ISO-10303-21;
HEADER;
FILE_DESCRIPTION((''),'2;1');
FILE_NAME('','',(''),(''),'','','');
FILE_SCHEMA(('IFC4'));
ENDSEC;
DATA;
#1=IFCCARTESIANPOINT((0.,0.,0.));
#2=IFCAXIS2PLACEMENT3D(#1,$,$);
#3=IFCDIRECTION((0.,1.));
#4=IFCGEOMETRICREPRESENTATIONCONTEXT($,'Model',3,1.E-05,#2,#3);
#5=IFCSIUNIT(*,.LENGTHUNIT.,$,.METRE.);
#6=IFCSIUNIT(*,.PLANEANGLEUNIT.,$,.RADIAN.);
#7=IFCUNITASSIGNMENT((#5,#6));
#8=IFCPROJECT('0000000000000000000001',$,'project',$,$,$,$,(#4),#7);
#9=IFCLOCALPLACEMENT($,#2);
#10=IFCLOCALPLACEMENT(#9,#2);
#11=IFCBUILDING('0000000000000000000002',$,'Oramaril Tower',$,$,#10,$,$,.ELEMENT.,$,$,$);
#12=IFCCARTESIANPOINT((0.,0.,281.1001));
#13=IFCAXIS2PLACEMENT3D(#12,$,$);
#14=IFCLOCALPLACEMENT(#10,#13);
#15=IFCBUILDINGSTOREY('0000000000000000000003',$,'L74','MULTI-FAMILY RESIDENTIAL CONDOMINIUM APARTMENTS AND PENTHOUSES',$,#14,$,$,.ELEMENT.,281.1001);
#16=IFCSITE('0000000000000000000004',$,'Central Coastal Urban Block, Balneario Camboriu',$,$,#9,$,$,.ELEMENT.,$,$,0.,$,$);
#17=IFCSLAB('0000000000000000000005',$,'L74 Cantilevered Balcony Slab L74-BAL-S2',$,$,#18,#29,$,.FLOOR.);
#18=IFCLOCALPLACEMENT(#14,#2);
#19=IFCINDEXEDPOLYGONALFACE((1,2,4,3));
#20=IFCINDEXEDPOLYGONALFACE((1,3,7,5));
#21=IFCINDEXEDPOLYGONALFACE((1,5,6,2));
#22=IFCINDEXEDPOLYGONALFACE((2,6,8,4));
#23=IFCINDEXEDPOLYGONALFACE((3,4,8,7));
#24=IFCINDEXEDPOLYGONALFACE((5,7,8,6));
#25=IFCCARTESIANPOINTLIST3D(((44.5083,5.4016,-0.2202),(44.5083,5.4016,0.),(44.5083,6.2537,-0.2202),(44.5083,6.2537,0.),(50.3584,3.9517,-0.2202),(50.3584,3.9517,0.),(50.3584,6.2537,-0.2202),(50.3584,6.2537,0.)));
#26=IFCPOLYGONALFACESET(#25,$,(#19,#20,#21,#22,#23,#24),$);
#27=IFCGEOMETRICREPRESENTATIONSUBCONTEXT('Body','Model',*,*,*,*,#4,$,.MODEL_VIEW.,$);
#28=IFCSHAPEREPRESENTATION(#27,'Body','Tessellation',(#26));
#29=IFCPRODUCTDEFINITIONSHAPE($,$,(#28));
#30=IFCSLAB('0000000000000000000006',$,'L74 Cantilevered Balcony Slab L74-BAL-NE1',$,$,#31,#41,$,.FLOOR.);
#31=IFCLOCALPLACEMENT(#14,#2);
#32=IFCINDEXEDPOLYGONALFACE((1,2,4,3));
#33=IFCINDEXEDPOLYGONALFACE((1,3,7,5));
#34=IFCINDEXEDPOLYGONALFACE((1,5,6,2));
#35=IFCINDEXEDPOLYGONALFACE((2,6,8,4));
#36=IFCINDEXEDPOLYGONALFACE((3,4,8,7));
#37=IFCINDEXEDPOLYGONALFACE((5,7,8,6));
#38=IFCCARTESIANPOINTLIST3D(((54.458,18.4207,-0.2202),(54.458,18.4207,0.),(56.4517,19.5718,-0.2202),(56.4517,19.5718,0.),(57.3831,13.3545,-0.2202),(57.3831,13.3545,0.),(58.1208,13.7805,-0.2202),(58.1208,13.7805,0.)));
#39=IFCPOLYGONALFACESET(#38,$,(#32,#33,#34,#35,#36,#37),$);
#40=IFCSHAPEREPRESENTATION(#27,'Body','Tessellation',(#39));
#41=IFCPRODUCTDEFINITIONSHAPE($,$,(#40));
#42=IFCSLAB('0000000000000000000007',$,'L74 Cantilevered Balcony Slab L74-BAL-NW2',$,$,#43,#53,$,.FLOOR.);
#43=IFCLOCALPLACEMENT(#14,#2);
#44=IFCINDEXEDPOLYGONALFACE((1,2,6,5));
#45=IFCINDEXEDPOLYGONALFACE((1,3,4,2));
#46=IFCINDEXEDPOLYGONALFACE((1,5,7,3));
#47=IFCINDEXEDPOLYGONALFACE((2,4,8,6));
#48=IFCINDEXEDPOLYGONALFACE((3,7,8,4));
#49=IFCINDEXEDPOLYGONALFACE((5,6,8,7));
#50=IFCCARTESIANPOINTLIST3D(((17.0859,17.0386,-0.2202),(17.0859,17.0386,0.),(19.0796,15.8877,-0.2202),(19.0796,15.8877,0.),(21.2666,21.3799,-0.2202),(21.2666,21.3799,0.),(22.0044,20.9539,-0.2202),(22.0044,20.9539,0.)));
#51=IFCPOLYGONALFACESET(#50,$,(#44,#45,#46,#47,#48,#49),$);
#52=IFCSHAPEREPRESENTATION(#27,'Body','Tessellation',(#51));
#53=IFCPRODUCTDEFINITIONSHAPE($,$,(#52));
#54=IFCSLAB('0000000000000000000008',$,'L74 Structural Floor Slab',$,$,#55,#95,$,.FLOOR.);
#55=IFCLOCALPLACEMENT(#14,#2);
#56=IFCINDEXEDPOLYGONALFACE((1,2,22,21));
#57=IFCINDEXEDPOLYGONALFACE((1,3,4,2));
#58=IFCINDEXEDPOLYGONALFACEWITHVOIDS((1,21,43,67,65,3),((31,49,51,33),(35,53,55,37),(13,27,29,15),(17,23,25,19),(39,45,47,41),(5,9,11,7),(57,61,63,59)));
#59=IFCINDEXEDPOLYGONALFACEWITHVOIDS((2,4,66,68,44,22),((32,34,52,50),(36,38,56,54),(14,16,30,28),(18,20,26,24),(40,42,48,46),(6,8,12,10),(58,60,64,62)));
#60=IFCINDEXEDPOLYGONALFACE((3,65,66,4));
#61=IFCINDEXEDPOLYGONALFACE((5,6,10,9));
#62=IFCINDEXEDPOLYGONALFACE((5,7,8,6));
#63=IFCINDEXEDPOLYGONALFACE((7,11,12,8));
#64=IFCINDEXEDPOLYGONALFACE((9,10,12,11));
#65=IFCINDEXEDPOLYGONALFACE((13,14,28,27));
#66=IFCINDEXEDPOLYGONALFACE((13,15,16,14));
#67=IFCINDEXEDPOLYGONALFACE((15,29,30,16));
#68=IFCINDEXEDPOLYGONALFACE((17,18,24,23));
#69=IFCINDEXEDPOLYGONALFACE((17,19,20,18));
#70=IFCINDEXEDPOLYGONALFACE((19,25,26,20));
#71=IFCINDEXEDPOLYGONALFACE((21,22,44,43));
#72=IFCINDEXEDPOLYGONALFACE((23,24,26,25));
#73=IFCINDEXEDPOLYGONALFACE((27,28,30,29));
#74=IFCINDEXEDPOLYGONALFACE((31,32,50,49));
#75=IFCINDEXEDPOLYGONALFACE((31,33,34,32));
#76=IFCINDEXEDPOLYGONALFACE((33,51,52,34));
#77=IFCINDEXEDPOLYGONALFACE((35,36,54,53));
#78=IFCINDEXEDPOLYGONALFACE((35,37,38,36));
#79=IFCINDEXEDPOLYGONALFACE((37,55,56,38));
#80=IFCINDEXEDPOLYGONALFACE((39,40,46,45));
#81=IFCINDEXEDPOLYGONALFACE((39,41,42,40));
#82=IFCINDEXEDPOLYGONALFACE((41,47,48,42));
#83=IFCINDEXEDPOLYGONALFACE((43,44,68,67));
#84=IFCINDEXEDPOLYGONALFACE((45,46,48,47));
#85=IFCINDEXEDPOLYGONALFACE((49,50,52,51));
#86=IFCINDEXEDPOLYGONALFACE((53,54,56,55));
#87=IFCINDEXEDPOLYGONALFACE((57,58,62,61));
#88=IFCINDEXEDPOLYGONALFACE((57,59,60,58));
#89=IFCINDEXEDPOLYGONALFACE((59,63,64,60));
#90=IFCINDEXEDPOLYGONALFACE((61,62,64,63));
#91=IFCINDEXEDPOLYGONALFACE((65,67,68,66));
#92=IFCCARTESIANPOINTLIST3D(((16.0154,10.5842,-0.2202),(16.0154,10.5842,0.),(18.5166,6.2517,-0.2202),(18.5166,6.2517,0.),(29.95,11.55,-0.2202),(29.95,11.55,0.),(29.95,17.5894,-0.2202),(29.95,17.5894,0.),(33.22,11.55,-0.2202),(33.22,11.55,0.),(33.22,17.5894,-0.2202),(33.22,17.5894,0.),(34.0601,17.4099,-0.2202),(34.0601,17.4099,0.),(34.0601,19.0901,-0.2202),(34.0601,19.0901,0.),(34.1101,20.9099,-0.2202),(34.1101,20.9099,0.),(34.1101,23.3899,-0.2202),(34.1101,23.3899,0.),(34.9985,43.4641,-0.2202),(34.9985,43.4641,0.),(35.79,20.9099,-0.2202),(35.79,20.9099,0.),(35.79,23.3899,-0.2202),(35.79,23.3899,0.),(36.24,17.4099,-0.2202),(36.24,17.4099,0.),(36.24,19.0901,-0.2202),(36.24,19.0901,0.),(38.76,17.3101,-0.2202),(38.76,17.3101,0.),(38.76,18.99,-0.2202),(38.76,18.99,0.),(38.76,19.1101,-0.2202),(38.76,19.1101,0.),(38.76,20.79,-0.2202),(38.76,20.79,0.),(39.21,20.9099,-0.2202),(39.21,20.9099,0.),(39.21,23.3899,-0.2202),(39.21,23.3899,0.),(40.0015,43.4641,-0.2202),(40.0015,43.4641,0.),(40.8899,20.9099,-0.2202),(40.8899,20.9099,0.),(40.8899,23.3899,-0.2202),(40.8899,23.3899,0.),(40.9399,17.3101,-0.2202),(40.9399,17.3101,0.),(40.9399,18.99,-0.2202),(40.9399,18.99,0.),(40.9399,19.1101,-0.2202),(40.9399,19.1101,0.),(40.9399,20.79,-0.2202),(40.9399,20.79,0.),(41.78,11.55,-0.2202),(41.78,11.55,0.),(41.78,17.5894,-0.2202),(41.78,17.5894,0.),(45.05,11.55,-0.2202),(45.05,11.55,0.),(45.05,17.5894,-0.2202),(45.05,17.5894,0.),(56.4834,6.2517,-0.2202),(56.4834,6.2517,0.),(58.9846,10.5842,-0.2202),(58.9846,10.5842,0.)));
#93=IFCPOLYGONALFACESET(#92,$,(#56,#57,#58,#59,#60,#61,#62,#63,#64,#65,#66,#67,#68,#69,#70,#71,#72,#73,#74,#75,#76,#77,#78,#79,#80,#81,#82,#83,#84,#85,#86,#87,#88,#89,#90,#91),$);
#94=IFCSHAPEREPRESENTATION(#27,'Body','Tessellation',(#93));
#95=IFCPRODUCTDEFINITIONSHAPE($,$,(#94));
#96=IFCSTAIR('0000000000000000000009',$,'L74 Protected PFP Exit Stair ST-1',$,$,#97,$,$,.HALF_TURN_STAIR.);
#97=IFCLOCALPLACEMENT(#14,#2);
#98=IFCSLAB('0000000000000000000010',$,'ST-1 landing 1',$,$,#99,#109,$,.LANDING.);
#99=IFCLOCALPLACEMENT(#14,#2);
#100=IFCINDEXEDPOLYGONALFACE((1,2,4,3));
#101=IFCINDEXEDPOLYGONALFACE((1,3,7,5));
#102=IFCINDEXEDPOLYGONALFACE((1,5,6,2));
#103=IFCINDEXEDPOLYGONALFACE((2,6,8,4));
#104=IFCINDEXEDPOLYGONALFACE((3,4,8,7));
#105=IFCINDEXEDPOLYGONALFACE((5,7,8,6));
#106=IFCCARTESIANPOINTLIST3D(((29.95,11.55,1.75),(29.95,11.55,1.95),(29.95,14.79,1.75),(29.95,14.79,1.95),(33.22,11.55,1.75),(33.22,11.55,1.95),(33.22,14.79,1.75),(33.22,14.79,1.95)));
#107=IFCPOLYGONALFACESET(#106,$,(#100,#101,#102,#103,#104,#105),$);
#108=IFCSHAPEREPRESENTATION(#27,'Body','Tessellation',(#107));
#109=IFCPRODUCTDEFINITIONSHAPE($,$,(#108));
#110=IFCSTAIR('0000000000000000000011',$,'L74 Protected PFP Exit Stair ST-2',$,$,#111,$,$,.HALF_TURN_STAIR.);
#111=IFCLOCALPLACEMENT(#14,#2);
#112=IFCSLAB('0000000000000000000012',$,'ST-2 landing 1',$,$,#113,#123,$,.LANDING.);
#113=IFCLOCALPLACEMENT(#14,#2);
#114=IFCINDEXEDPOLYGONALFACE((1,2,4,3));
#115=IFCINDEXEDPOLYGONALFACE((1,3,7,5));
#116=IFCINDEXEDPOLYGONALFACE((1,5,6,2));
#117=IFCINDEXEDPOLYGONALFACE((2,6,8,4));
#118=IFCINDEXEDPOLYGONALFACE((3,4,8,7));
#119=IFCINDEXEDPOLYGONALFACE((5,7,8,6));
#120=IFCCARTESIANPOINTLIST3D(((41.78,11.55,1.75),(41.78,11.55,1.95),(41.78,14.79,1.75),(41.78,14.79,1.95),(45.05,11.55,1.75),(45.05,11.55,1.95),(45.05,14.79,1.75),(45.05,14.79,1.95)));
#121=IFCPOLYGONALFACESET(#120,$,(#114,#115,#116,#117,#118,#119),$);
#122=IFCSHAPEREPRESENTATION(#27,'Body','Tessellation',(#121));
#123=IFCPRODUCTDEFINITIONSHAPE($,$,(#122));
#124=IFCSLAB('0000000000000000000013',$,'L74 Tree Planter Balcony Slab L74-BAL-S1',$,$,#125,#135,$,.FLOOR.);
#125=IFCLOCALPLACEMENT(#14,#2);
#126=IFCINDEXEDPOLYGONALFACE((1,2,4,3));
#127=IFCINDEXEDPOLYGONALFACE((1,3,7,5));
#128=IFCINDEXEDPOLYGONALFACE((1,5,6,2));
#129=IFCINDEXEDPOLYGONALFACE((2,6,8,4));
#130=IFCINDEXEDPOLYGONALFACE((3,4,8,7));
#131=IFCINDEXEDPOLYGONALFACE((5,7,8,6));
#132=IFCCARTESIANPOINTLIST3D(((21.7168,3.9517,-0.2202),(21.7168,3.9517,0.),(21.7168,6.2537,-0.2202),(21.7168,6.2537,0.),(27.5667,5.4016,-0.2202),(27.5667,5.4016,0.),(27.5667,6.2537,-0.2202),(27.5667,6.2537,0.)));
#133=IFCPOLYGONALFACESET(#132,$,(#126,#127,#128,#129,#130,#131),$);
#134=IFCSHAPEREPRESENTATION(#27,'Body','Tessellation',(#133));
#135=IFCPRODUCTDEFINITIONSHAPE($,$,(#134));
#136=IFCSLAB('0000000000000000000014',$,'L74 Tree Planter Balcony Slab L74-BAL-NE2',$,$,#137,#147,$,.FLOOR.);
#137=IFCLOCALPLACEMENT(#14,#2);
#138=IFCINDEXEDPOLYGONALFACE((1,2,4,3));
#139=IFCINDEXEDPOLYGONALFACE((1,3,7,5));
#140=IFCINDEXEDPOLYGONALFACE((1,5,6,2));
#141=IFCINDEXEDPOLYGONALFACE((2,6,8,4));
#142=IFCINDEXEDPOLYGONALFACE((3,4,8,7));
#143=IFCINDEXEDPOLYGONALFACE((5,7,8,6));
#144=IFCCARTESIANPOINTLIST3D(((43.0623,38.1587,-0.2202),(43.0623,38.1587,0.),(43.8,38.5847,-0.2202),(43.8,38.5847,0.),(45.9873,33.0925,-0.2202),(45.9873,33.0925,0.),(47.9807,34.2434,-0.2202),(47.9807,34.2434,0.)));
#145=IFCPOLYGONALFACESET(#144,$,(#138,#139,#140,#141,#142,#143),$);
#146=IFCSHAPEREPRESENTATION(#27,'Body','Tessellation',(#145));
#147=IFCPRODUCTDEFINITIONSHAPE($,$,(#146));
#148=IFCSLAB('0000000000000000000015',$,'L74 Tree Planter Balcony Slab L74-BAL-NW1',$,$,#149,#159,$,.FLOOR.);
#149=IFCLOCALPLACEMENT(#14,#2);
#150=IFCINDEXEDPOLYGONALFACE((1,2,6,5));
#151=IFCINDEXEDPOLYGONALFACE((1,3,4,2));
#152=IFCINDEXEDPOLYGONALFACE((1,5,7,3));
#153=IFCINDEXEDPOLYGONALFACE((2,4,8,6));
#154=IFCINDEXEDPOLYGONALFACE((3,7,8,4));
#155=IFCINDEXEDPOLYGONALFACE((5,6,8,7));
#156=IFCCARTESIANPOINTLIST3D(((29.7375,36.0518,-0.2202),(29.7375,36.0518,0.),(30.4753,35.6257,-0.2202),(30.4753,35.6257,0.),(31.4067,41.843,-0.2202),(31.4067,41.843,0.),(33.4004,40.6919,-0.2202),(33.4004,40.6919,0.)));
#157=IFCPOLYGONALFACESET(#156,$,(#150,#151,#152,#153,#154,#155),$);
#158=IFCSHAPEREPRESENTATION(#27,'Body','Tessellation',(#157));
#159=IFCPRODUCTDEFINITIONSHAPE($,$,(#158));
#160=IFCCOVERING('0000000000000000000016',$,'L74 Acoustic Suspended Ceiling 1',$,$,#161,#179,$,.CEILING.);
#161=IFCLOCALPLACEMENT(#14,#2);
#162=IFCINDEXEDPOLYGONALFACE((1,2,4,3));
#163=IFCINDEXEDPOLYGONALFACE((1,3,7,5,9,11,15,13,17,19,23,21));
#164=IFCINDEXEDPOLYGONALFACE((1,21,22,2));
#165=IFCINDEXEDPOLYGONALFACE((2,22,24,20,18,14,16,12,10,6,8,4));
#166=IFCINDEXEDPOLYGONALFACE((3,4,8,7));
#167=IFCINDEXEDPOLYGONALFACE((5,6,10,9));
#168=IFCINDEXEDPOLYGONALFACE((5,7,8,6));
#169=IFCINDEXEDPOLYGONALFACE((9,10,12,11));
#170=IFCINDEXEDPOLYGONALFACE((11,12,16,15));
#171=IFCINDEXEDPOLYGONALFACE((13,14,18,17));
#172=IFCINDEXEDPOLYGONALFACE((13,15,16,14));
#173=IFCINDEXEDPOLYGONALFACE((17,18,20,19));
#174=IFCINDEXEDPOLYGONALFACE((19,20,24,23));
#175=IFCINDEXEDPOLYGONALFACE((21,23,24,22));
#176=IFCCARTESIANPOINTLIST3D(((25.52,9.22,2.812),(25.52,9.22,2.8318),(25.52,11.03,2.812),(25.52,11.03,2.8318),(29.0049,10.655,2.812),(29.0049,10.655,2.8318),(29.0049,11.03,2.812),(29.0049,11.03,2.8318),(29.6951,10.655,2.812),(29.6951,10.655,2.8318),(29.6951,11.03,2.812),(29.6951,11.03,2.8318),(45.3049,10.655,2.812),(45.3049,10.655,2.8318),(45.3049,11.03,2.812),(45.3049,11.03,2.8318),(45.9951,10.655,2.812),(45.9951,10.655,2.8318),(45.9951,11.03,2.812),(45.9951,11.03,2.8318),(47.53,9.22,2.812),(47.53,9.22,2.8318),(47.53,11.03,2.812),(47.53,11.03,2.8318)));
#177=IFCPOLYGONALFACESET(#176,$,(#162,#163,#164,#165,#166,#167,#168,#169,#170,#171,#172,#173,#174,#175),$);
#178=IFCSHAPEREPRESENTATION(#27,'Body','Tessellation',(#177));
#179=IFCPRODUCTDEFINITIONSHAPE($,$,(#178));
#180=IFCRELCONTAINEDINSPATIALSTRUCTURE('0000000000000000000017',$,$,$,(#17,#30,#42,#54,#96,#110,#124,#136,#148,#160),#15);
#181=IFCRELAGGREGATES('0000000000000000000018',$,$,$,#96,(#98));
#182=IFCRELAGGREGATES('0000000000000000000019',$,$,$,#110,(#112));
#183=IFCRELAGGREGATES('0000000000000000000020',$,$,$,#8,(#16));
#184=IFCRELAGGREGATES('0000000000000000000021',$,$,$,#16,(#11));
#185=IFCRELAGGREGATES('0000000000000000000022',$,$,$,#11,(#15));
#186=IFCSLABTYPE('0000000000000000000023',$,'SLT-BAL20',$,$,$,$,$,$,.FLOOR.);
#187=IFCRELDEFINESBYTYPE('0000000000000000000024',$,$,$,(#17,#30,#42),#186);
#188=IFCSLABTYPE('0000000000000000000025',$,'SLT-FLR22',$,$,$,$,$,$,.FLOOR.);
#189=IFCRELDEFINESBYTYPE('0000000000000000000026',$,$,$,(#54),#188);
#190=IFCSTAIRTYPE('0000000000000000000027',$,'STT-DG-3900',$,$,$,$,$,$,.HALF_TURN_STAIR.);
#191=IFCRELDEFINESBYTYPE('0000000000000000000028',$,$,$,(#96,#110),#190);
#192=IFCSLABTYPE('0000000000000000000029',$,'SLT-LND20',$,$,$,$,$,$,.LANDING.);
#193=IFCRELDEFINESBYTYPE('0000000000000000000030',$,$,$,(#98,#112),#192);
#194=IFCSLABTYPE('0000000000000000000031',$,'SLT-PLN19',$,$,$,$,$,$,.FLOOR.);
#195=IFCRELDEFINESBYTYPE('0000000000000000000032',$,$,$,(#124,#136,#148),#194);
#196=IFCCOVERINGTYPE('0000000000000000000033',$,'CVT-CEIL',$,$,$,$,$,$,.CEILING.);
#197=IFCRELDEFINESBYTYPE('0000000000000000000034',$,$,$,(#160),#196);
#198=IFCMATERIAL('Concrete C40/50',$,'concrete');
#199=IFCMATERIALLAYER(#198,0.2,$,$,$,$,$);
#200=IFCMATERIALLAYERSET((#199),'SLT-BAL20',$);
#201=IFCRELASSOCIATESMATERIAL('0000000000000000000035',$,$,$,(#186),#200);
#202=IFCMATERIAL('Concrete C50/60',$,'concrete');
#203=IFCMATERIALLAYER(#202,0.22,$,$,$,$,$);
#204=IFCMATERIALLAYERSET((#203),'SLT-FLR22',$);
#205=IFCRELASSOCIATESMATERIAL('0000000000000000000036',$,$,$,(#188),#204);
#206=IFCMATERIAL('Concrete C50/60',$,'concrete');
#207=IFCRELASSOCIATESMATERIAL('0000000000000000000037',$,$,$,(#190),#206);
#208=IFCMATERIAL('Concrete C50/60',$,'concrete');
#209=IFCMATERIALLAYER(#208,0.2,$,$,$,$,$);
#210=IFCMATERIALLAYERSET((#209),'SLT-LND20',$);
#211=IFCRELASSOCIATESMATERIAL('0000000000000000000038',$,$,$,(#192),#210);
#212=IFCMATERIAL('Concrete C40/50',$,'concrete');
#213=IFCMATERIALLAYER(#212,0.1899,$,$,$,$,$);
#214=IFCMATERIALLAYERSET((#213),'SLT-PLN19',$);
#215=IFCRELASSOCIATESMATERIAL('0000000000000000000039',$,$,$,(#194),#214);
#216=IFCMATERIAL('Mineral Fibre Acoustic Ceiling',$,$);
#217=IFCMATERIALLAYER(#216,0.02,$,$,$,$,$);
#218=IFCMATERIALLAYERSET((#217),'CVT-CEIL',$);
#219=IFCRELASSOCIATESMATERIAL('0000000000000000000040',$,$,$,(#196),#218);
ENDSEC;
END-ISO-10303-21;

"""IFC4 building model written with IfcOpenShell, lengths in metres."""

from ifc_helpers import new_model, si_unit, direction, frame, origin, place, context, subcontext, project, spatial, polyline, outline, extrude, material, layer, layer_set, type_object, element, aggregate, save


model = new_model("IFC4")

# Units and contexts
model_context = context("Model", 3, precision=1e-05, world=origin(), true_north=direction((0.0, 1.0)))
body_context = subcontext(model_context, "Body", "Model", "MODEL_VIEW")
ifc_project = project(units=[si_unit("LENGTHUNIT", "METRE"), si_unit("PLANEANGLEUNIT", "RADIAN")], contexts=[model_context])

# Site, building, storey
site_placement = place(None, origin())
site = spatial("IfcSite", under=ifc_project, at=site_placement, Name="Central Coastal Urban Block, Balneario Camboriu", CompositionType="ELEMENT", RefElevation=0.0)
building_placement = place(site_placement, origin())
building = spatial("IfcBuilding", under=site, at=building_placement, Name="Oramaril Tower", CompositionType="ELEMENT")
storey_placement = place(building_placement, frame((0.0, 0.0, 281.1001)))
storey = spatial("IfcBuildingStorey", under=building, at=storey_placement, Name="L74", Description="MULTI-FAMILY RESIDENTIAL CONDOMINIUM APARTMENTS AND PENTHOUSES", CompositionType="ELEMENT", Elevation=281.1001)

# Slabs
ifc_material_1 = material(Name="Concrete C40/50", Category="concrete")
ifc_layer_1 = layer(ifc_material_1, 0.2)
ifc_layer_set_1 = layer_set([ifc_layer_1], Name="SLT-BAL20")
slab_type_1 = type_object("IfcSlabType", Name="SLT-BAL20", PredefinedType="FLOOR", material=ifc_layer_set_1)
slab_1_placement = place(storey_placement, frame((0.0, 0.0, -0.2202)))
element("IfcSlab", 1, at=slab_1_placement, inside=storey, type_object=slab_type_1, Name="L74 Cantilevered Balcony Slab L74-BAL-S2", PredefinedType="FLOOR", context=body_context, shape_type="SweptSolid", body=[
    extrude(outline(polyline([(44.5083, 6.2537), (50.3584, 6.2537), (50.3584, 3.9517), (44.5083, 5.4016), (44.5083, 6.2537)])), origin(), (0.0, 0.0, 1.0), 0.2202),
])
slab_2_placement = place(storey_placement, frame((0.0, 0.0, -0.2202)))
element("IfcSlab", 2, at=slab_2_placement, inside=storey, type_object=slab_type_1, Name="L74 Cantilevered Balcony Slab L74-BAL-NE1", PredefinedType="FLOOR", context=body_context, shape_type="SweptSolid", body=[
    extrude(outline(polyline([(57.3831, 13.3545), (54.458, 18.4207), (56.4517, 19.5718), (58.1208, 13.7805), (57.3831, 13.3545)])), origin(), (0.0, 0.0, 1.0), 0.2202),
])
slab_3_placement = place(storey_placement, frame((0.0, 0.0, -0.2202)))
element("IfcSlab", 3, at=slab_3_placement, inside=storey, type_object=slab_type_1, Name="L74 Cantilevered Balcony Slab L74-BAL-NW2", PredefinedType="FLOOR", context=body_context, shape_type="SweptSolid", body=[
    extrude(outline(polyline([(22.0044, 20.9539), (19.0796, 15.8877), (17.0859, 17.0386), (21.2666, 21.3799), (22.0044, 20.9539)])), origin(), (0.0, 0.0, 1.0), 0.2202),
])
ifc_material_2 = material(Name="Concrete C50/60", Category="concrete")
ifc_layer_2 = layer(ifc_material_2, 0.22)
ifc_layer_set_2 = layer_set([ifc_layer_2], Name="SLT-FLR22")
slab_type_2 = type_object("IfcSlabType", Name="SLT-FLR22", PredefinedType="FLOOR", material=ifc_layer_set_2)
slab_4_placement = place(storey_placement, frame((0.0, 0.0, -0.2202)))
element("IfcSlab", 4, at=slab_4_placement, inside=storey, type_object=slab_type_2, Name="L74 Structural Floor Slab", PredefinedType="FLOOR", context=body_context, shape_type="SweptSolid", body=[
    extrude(outline(polyline([(16.0154, 10.5842), (18.5166, 6.2517), (56.4834, 6.2517), (58.9846, 10.5842), (40.0015, 43.4641), (34.9985, 43.4641), (16.0154, 10.5842)]), holes=[polyline([(29.95, 17.5894), (29.95, 11.55), (33.22, 11.55), (33.22, 17.5894), (29.95, 17.5894)]), polyline([(41.78, 17.5894), (41.78, 11.55), (45.05, 11.55), (45.05, 17.5894), (41.78, 17.5894)]), polyline([(34.1101, 20.9099), (35.79, 20.9099), (35.79, 23.3899), (34.1101, 23.3899), (34.1101, 20.9099)]), polyline([(39.21, 20.9099), (40.8899, 20.9099), (40.8899, 23.3899), (39.21, 23.3899), (39.21, 20.9099)]), polyline([(34.0601, 17.4099), (36.24, 17.4099), (36.24, 19.0901), (34.0601, 19.0901), (34.0601, 17.4099)]), polyline([(38.76, 17.3101), (40.9399, 17.3101), (40.9399, 18.99), (38.76, 18.99), (38.76, 17.3101)]), polyline([(38.76, 19.1101), (40.9399, 19.1101), (40.9399, 20.79), (38.76, 20.79), (38.76, 19.1101)])]), origin(), (0.0, 0.0, 1.0), 0.2202),
])

# Stairs, slabs
ifc_material_3 = material(Name="Concrete C50/60", Category="concrete")
stair_type = type_object("IfcStairType", Name="STT-DG-3900", PredefinedType="HALF_TURN_STAIR", material=ifc_material_3)
stair_1_placement = place(storey_placement, origin())
stair_1 = element("IfcStair", 5, at=stair_1_placement, inside=storey, type_object=stair_type, Name="L74 Protected PFP Exit Stair ST-1", PredefinedType="HALF_TURN_STAIR")
ifc_material_4 = material(Name="Concrete C50/60", Category="concrete")
ifc_layer_3 = layer(ifc_material_4, 0.2)
ifc_layer_set_3 = layer_set([ifc_layer_3], Name="SLT-LND20")
slab_type_3 = type_object("IfcSlabType", Name="SLT-LND20", PredefinedType="LANDING", material=ifc_layer_set_3)
slab_5_placement = place(storey_placement, frame((0.0, 0.0, 1.75)))
slab_5 = element("IfcSlab", 6, at=slab_5_placement, type_object=slab_type_3, Name="ST-1 landing 1", PredefinedType="LANDING", context=body_context, shape_type="SweptSolid", body=[
    extrude(outline(polyline([(29.95, 14.79), (29.95, 11.55), (33.22, 11.55), (33.22, 14.79), (29.95, 14.79)])), origin(), (0.0, 0.0, 1.0), 0.2),
])
aggregate(stair_1, [slab_5])
stair_2_placement = place(storey_placement, origin())
stair_2 = element("IfcStair", 7, at=stair_2_placement, inside=storey, type_object=stair_type, Name="L74 Protected PFP Exit Stair ST-2", PredefinedType="HALF_TURN_STAIR")
slab_6_placement = place(storey_placement, frame((0.0, 0.0, 1.75)))
slab_6 = element("IfcSlab", 8, at=slab_6_placement, type_object=slab_type_3, Name="ST-2 landing 1", PredefinedType="LANDING", context=body_context, shape_type="SweptSolid", body=[
    extrude(outline(polyline([(41.78, 14.79), (41.78, 11.55), (45.05, 11.55), (45.05, 14.79), (41.78, 14.79)])), origin(), (0.0, 0.0, 1.0), 0.2),
])
aggregate(stair_2, [slab_6])

# Slabs
ifc_material_5 = material(Name="Concrete C40/50", Category="concrete")
ifc_layer_4 = layer(ifc_material_5, 0.1899)
ifc_layer_set_4 = layer_set([ifc_layer_4], Name="SLT-PLN19")
slab_type_4 = type_object("IfcSlabType", Name="SLT-PLN19", PredefinedType="FLOOR", material=ifc_layer_set_4)
slab_7_placement = place(storey_placement, frame((0.0, 0.0, -0.2202)))
element("IfcSlab", 9, at=slab_7_placement, inside=storey, type_object=slab_type_4, Name="L74 Tree Planter Balcony Slab L74-BAL-S1", PredefinedType="FLOOR", context=body_context, shape_type="SweptSolid", body=[
    extrude(outline(polyline([(21.7168, 6.2537), (27.5667, 6.2537), (27.5667, 5.4016), (21.7168, 3.9517), (21.7168, 6.2537)])), origin(), (0.0, 0.0, 1.0), 0.2202),
])
slab_8_placement = place(storey_placement, frame((0.0, 0.0, -0.2202)))
element("IfcSlab", 10, at=slab_8_placement, inside=storey, type_object=slab_type_4, Name="L74 Tree Planter Balcony Slab L74-BAL-NE2", PredefinedType="FLOOR", context=body_context, shape_type="SweptSolid", body=[
    extrude(outline(polyline([(45.9873, 33.0925), (43.0623, 38.1587), (43.8, 38.5847), (47.9807, 34.2434), (45.9873, 33.0925)])), origin(), (0.0, 0.0, 1.0), 0.2202),
])
slab_9_placement = place(storey_placement, frame((0.0, 0.0, -0.2202)))
element("IfcSlab", 11, at=slab_9_placement, inside=storey, type_object=slab_type_4, Name="L74 Tree Planter Balcony Slab L74-BAL-NW1", PredefinedType="FLOOR", context=body_context, shape_type="SweptSolid", body=[
    extrude(outline(polyline([(33.4004, 40.6919), (30.4753, 35.6257), (29.7375, 36.0518), (31.4067, 41.843), (33.4004, 40.6919)])), origin(), (0.0, 0.0, 1.0), 0.2202),
])

# Covering
ifc_material_6 = material(Name="Mineral Fibre Acoustic Ceiling")
ifc_layer_5 = layer(ifc_material_6, 0.02)
ifc_layer_set_5 = layer_set([ifc_layer_5], Name="CVT-CEIL")
covering_type_1 = type_object("IfcCoveringType", Name="CVT-CEIL", PredefinedType="CEILING", material=ifc_layer_set_5)
covering_1_placement = place(storey_placement, frame((0.0, 0.0, 2.812)))
element("IfcCovering", 12, at=covering_1_placement, inside=storey, type_object=covering_type_1, Name="L74 Acoustic Suspended Ceiling 1", PredefinedType="CEILING", context=body_context, shape_type="SweptSolid", body=[
    extrude(outline(polyline([(29.0049, 10.655), (29.6951, 10.655), (29.6951, 11.03), (45.3049, 11.03), (45.3049, 10.655), (45.9951, 10.655), (45.9951, 11.03), (47.53, 11.03), (47.53, 9.22), (25.52, 9.22), (25.52, 11.03), (29.0049, 11.03), (29.0049, 10.655)])), origin(), (0.0, 0.0, 1.0), 0.0198),
])

save(model, "model.ifc")
